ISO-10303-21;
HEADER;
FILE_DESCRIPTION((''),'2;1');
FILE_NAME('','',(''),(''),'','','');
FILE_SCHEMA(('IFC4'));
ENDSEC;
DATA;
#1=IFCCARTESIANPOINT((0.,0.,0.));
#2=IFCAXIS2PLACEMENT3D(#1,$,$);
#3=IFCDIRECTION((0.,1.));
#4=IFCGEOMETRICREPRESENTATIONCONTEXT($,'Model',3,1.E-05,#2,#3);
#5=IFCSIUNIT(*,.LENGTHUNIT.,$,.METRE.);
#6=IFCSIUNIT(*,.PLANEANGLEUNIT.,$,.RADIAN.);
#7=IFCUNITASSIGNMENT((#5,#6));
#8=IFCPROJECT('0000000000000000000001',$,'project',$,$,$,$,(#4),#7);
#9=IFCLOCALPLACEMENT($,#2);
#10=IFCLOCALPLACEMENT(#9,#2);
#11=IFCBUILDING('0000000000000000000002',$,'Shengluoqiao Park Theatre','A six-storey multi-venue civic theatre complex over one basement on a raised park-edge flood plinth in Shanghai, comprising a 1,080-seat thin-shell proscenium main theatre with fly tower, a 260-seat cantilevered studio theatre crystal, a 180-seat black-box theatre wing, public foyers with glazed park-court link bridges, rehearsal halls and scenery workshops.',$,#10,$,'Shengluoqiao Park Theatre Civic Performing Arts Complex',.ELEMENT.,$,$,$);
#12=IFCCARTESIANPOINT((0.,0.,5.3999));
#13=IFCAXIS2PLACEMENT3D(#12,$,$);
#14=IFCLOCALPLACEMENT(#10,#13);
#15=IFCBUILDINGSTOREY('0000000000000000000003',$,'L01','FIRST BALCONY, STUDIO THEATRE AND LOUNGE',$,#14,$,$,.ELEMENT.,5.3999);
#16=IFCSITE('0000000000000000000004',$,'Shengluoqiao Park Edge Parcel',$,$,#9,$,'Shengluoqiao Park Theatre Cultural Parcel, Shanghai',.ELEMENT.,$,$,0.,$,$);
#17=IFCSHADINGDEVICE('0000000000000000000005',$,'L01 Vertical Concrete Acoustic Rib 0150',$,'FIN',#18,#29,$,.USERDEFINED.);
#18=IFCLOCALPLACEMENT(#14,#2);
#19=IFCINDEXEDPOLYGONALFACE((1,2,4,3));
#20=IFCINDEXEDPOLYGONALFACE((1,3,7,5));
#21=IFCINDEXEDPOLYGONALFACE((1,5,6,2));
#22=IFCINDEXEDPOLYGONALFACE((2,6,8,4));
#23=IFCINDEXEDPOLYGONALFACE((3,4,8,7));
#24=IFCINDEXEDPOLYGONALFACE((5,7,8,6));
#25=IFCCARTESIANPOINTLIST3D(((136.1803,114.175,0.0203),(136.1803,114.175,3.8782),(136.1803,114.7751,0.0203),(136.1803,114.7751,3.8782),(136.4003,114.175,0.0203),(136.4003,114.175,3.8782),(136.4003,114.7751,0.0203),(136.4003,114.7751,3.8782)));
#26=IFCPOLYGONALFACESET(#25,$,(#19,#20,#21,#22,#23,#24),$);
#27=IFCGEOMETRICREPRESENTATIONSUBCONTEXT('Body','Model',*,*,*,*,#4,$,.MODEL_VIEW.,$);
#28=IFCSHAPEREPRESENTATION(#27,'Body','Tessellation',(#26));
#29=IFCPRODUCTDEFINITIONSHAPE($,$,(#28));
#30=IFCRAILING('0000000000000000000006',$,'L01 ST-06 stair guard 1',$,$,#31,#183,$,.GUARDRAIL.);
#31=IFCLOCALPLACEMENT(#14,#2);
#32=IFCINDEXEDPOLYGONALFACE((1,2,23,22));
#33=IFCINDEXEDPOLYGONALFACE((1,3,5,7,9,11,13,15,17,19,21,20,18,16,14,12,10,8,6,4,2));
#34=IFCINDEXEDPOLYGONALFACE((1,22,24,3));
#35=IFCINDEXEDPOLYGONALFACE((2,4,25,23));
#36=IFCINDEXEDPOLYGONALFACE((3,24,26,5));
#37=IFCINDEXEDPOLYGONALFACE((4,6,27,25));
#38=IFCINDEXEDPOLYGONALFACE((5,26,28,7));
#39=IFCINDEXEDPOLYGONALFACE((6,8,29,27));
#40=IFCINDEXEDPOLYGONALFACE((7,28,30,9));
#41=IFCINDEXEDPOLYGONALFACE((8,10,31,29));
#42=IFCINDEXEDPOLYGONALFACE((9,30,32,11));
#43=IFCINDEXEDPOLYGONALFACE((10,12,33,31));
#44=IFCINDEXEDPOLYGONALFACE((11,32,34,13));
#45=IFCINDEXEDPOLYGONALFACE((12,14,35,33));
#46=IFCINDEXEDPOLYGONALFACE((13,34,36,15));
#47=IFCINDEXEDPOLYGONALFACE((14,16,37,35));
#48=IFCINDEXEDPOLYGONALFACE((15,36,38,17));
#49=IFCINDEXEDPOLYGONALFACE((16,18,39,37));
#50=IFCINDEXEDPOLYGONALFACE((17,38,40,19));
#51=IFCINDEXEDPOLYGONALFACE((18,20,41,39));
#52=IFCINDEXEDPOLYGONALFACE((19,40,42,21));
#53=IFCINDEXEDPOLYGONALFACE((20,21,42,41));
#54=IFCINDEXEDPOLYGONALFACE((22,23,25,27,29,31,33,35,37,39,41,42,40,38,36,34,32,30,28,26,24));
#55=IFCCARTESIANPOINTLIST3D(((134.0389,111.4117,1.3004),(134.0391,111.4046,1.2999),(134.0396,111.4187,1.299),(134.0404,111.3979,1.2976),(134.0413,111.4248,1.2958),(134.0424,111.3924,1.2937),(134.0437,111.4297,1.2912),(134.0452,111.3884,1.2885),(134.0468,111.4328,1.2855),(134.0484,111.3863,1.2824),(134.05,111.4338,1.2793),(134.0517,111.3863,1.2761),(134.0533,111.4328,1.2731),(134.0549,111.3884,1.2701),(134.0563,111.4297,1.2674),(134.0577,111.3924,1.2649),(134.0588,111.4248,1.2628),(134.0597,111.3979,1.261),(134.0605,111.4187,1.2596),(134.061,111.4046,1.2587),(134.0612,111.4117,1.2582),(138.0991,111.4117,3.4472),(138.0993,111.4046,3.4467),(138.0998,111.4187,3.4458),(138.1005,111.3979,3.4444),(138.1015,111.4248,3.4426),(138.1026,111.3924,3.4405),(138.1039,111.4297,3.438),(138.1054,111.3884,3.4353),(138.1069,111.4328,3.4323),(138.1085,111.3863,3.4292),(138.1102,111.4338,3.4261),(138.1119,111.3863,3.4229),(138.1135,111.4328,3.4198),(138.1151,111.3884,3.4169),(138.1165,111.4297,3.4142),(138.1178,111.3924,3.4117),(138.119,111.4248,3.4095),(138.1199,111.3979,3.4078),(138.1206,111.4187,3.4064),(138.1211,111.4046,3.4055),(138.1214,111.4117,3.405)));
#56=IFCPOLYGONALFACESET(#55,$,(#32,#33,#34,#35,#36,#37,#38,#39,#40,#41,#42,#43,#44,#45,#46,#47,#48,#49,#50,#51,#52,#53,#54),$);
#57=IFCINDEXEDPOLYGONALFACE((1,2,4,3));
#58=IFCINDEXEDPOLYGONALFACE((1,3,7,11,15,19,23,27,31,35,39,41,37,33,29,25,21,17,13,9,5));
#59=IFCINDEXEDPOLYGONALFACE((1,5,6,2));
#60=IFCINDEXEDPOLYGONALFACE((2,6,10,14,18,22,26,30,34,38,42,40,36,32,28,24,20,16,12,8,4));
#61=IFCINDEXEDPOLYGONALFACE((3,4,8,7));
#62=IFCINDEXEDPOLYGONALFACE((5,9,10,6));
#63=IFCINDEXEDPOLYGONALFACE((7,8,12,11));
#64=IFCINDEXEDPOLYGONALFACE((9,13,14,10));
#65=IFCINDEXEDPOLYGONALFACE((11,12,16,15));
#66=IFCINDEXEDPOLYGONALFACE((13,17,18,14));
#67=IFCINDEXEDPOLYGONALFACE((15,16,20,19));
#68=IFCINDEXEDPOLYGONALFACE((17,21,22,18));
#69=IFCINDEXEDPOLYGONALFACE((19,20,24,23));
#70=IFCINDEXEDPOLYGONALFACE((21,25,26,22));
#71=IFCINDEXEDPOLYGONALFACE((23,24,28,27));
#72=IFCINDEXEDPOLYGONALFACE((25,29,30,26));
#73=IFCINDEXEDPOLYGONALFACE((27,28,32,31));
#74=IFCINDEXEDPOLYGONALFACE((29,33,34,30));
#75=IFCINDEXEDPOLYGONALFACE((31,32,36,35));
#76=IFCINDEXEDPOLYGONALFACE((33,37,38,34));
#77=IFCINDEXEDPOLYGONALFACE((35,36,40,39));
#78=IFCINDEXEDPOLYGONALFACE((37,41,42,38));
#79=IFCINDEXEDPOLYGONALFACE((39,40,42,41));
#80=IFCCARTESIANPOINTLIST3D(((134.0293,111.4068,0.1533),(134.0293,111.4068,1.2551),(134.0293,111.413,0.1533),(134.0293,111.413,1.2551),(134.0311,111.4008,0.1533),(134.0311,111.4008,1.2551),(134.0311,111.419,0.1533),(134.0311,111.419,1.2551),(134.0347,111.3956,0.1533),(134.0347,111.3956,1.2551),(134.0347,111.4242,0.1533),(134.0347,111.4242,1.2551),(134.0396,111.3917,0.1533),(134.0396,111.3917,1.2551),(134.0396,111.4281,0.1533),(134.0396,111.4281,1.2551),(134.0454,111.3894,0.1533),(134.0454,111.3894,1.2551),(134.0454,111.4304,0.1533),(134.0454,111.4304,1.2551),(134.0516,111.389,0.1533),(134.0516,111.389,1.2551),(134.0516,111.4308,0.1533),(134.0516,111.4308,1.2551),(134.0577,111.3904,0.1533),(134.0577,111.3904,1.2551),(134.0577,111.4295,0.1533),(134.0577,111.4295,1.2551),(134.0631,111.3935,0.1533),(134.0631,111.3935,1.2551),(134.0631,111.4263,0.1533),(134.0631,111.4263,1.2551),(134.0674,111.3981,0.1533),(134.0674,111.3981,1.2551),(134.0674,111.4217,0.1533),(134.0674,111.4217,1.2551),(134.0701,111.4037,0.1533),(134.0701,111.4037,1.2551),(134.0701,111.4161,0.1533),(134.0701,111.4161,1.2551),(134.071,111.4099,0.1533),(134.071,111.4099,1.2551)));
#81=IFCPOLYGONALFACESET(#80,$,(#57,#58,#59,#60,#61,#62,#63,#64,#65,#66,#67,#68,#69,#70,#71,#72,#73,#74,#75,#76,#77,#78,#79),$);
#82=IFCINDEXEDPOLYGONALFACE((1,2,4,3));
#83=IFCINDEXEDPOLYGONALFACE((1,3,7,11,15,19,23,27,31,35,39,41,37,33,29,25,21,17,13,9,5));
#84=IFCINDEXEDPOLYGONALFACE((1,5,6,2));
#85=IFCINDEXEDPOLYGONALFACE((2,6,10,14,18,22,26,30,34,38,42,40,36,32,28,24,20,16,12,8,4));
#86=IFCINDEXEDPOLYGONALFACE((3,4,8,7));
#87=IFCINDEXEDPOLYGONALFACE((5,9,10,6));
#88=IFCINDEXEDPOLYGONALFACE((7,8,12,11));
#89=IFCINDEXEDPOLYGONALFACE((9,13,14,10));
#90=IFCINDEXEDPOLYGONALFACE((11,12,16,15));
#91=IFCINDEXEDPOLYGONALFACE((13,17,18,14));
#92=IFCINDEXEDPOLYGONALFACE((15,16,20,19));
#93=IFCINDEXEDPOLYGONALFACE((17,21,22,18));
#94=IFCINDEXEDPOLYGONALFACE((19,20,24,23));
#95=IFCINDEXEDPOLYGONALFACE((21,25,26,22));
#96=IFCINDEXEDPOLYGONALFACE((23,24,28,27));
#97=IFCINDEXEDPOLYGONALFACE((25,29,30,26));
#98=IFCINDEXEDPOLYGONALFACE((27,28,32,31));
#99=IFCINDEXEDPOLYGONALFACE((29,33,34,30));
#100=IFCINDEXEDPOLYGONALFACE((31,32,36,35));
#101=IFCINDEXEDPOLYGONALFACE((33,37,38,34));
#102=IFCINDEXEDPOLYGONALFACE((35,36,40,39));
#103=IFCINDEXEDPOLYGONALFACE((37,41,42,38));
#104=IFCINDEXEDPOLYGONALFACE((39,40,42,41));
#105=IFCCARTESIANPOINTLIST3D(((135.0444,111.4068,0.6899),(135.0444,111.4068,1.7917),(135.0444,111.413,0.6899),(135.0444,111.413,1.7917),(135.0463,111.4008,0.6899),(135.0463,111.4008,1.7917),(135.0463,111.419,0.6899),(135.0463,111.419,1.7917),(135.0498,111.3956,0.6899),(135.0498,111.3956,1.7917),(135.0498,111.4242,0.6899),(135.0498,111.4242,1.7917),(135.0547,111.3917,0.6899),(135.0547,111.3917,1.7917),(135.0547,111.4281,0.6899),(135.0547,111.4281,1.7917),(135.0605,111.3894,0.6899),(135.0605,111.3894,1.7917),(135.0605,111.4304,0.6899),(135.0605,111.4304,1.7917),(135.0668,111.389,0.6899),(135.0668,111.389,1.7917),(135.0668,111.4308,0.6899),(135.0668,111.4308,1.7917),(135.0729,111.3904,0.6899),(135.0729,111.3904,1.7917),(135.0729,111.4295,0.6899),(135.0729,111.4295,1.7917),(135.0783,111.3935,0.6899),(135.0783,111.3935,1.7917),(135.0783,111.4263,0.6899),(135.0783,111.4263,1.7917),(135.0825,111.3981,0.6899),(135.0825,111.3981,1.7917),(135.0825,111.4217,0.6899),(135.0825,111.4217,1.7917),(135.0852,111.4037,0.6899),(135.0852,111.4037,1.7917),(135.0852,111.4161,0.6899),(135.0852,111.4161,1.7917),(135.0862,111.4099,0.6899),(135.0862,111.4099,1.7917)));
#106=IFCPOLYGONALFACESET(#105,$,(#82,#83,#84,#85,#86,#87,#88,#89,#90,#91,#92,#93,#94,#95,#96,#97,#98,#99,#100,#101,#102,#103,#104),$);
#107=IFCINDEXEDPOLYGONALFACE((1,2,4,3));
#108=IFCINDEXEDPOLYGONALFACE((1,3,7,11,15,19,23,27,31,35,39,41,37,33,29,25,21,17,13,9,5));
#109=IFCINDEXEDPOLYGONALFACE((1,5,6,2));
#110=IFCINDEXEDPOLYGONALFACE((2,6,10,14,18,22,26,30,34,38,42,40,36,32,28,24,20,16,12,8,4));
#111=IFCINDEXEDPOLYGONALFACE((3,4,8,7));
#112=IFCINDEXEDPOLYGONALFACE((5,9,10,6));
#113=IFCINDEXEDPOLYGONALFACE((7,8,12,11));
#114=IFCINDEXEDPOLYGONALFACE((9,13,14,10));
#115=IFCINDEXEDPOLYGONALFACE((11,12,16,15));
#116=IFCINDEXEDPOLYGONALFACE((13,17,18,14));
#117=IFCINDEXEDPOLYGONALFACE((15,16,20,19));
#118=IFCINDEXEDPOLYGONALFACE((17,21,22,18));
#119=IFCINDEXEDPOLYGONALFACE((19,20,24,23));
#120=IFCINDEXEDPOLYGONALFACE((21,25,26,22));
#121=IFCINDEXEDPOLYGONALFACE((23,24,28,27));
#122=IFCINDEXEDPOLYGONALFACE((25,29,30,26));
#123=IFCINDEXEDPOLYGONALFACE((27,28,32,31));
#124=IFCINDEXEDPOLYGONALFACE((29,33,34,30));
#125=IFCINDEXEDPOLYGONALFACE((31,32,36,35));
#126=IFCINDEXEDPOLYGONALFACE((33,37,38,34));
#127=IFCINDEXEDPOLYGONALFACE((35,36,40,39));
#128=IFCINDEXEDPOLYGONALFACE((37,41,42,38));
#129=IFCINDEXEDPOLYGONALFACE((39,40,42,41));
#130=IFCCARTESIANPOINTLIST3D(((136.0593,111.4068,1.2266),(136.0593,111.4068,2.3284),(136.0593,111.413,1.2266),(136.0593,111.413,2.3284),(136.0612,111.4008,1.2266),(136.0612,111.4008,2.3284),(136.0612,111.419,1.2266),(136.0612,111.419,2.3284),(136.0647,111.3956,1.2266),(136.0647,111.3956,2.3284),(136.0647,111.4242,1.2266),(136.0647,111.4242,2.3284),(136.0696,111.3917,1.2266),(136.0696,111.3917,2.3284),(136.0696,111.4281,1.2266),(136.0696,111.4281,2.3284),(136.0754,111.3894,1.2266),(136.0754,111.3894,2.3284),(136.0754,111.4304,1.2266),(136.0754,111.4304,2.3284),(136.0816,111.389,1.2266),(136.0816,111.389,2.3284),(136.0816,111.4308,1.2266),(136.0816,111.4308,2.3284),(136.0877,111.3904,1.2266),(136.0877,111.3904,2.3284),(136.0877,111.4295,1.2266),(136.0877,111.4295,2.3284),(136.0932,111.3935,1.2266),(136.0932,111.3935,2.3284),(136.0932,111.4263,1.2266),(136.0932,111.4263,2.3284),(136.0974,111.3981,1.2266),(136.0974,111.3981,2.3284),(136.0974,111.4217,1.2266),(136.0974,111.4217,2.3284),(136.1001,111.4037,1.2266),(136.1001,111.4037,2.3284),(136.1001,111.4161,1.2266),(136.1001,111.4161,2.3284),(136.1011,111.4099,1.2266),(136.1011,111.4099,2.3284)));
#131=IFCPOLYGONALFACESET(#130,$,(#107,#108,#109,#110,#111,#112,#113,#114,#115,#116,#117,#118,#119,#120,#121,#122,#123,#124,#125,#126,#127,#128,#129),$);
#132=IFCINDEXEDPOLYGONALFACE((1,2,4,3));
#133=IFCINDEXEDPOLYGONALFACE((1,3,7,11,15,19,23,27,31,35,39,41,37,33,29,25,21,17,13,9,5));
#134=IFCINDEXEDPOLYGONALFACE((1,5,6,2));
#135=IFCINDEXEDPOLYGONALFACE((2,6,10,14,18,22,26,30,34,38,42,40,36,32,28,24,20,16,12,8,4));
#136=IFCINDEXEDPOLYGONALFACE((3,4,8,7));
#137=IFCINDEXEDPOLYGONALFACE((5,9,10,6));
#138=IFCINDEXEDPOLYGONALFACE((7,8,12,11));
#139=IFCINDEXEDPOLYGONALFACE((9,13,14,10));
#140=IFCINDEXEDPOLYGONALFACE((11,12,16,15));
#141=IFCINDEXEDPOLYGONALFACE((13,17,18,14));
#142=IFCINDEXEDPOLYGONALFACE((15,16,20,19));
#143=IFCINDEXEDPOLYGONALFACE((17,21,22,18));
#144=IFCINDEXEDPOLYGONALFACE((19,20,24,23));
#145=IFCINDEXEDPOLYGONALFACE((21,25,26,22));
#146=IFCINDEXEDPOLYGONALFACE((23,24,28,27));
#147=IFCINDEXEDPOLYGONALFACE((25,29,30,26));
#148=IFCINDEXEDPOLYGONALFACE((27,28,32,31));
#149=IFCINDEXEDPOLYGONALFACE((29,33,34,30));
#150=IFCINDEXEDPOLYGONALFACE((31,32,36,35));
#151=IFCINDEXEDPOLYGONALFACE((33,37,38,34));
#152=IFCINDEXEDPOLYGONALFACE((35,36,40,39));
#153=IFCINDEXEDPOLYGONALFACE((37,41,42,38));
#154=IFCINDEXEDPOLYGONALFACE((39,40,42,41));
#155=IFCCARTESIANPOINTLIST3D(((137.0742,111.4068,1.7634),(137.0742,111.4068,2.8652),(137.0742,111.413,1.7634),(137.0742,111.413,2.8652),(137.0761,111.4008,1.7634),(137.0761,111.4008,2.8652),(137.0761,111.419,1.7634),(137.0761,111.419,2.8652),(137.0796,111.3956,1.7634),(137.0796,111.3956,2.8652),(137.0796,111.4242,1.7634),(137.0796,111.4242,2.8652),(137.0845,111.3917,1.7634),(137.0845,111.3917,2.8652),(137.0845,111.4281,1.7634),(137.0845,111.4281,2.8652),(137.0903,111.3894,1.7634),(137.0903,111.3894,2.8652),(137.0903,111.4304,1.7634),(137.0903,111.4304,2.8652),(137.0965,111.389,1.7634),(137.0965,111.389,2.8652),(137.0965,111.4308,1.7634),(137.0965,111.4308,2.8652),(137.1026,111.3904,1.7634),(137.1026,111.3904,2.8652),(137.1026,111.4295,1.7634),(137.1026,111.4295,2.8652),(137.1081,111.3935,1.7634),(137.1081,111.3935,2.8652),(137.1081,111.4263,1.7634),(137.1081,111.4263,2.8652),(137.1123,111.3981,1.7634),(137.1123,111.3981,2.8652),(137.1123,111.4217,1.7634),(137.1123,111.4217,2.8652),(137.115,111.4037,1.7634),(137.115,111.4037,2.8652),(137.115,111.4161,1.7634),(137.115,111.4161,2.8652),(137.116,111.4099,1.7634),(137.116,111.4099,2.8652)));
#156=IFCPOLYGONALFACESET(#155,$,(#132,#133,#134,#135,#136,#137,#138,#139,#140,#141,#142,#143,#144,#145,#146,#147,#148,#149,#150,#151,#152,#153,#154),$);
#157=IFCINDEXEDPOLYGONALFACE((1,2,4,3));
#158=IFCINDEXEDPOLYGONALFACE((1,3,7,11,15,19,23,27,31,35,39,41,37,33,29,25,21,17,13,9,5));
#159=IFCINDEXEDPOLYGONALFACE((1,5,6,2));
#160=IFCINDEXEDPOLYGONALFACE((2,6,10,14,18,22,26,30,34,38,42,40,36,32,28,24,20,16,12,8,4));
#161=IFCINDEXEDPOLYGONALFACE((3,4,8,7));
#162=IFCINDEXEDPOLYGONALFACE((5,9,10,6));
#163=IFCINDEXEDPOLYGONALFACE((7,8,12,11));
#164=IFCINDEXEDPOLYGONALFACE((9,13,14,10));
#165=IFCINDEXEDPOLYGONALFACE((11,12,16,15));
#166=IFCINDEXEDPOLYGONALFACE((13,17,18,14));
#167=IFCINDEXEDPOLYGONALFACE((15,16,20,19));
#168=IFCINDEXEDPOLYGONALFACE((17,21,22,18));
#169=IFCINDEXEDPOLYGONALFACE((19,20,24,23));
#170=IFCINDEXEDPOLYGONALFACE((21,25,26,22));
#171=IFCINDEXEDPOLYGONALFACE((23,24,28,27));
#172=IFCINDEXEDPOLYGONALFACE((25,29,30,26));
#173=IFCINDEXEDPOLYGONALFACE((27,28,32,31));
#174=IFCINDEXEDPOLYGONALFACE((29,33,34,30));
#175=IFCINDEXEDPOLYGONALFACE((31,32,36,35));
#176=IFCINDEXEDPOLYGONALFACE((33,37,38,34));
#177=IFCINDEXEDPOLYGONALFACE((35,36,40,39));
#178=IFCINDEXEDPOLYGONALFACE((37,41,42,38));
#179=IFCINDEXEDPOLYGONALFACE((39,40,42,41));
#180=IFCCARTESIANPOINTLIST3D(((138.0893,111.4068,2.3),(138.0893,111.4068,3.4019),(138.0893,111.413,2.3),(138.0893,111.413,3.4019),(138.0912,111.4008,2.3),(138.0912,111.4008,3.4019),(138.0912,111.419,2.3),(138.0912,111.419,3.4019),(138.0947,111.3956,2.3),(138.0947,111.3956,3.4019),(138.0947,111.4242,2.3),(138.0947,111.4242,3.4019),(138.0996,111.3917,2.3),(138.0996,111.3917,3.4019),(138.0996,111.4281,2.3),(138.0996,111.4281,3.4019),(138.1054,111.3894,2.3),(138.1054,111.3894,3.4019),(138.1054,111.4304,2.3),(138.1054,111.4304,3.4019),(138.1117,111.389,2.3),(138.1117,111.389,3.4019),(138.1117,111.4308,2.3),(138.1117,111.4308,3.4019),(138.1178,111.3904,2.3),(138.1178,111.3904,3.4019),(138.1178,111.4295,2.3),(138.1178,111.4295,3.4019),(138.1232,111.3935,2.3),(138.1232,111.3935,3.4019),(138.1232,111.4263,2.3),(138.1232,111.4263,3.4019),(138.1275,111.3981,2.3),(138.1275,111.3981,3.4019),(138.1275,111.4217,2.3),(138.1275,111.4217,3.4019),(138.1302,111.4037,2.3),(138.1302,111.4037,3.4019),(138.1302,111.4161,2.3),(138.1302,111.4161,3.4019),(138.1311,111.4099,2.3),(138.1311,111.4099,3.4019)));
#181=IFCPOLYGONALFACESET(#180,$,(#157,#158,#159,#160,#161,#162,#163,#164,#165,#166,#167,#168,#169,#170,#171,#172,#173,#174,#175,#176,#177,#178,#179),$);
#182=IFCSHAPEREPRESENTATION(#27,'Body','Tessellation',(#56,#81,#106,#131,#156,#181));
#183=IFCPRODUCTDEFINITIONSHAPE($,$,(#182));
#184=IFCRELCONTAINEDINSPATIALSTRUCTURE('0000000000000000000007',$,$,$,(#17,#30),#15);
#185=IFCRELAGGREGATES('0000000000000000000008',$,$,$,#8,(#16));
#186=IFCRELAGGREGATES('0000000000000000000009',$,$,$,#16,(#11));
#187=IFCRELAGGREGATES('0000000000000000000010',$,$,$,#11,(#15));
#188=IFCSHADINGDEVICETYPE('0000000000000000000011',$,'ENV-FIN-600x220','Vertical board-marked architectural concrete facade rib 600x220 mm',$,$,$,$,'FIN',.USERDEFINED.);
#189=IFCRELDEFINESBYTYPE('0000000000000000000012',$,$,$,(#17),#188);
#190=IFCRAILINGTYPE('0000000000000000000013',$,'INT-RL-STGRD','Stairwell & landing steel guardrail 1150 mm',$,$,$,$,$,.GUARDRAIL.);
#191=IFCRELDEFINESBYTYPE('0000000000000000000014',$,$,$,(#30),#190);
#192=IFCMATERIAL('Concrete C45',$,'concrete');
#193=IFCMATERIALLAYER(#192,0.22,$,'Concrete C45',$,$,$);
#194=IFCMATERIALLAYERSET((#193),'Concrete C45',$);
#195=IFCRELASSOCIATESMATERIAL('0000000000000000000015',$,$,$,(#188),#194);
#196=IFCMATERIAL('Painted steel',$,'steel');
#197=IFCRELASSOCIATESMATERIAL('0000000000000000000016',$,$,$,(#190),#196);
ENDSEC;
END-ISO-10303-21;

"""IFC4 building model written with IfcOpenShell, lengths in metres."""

from ifc_helpers import new_model, si_unit, direction, frame, origin, origin_2d, place, context, subcontext, project, spatial, rectangle, circle, extrude, material, layer, layer_set, type_object, element, save


model = new_model("IFC4")

# Units and contexts
model_context = context("Model", 3, precision=1e-05, world=origin(), true_north=direction((0.0, 1.0)))
body_context = subcontext(model_context, "Body", "Model", "MODEL_VIEW")
ifc_project = project(units=[si_unit("LENGTHUNIT", "METRE"), si_unit("PLANEANGLEUNIT", "RADIAN")], contexts=[model_context])

# Site, building, storey
site_placement = place(None, origin())
site = spatial("IfcSite", under=ifc_project, at=site_placement, Name="Shengluoqiao Park Edge Parcel", LongName="Shengluoqiao Park Theatre Cultural Parcel, Shanghai", CompositionType="ELEMENT", RefElevation=0.0)
building_placement = place(site_placement, origin())
building = spatial("IfcBuilding", under=site, at=building_placement, Name="Shengluoqiao Park Theatre", Description="A six-storey multi-venue civic theatre complex over one basement on a raised park-edge flood plinth in Shanghai, comprising a 1,080-seat thin-shell proscenium main theatre with fly tower, a 260-seat cantilevered studio theatre crystal, a 180-seat black-box theatre wing, public foyers with glazed park-court link bridges, rehearsal halls and scenery workshops.", LongName="Shengluoqiao Park Theatre Civic Performing Arts Complex", CompositionType="ELEMENT")
storey_placement = place(building_placement, frame((0.0, 0.0, 5.3999)))
storey = spatial("IfcBuildingStorey", under=building, at=storey_placement, Name="L01", Description="FIRST BALCONY, STUDIO THEATRE AND LOUNGE", CompositionType="ELEMENT", Elevation=5.3999)

# Shading device
ifc_material_1 = material(Name="Concrete C45", Category="concrete")
ifc_layer_1 = layer(ifc_material_1, 0.22, Name="Concrete C45")
ifc_layer_set_1 = layer_set([ifc_layer_1], Name="Concrete C45")
shading_device_type = type_object("IfcShadingDeviceType", Name="ENV-FIN-600x220", Description="Vertical board-marked architectural concrete facade rib 600x220 mm", ElementType="FIN", PredefinedType="USERDEFINED", material=ifc_layer_set_1)
for number, where, z_axis, x_axis, name in (
    (1, (136.2903, 114.4751, 0.0203), (0.0, 0.0, 1.0), (0.0, 1.0, 0.0), "L01 Vertical Concrete Acoustic Rib 0150"),
):
    element("IfcShadingDevice", number, at=place(storey_placement, frame(where, z_axis=z_axis, x_axis=x_axis)), inside=storey, type_object=shading_device_type, Name=name, ObjectType="FIN", PredefinedType="USERDEFINED", context=body_context, shape_type="SweptSolid", body=[
        extrude(rectangle(XDim=0.6001, YDim=0.22, at=origin_2d()), origin(), (0.0, 0.0, 1.0), 3.8579),
    ])

# Railing
ifc_material_2 = material(Name="Painted steel", Category="steel")
railing_type_1 = type_object("IfcRailingType", Name="INT-RL-STGRD", Description="Stairwell & landing steel guardrail 1150 mm", PredefinedType="GUARDRAIL", material=ifc_material_2)
railing_1_placement = place(storey_placement, frame((134.05, 111.4099, 0.1533)))
element("IfcRailing", 2, at=railing_1_placement, inside=storey, type_object=railing_type_1, Name="L01 ST-06 stair guard 1", PredefinedType="GUARDRAIL", context=body_context, shape_type="SweptSolid", body=[
    extrude(circle(Radius=0.0239, at=origin_2d()), frame((0.0, 0.0, 1.126), z_axis=(0.884032, 0.0, 0.467426), x_axis=(0.0, 1.0, 0.0)), (0.0, 0.0, 1.0), 4.5928),
    extrude(circle(Radius=0.021, at=origin_2d()), origin(), (0.0, 0.0, 1.0), 1.1018),
    extrude(circle(Radius=0.021, at=origin_2d()), frame((1.0151, 0.0, 0.5366)), (0.0, 0.0, 1.0), 1.1018),
    extrude(circle(Radius=0.021, at=origin_2d()), frame((2.03, 0.0, 1.0732)), (0.0, 0.0, 1.0), 1.1018),
    extrude(circle(Radius=0.021, at=origin_2d()), frame((3.0449, 0.0, 1.6101)), (0.0, 0.0, 1.0), 1.1018),
    extrude(circle(Radius=0.021, at=origin_2d()), frame((4.0601, 0.0, 2.1467)), (0.0, 0.0, 1.0), 1.1018),
])

save(model, "model.ifc")
